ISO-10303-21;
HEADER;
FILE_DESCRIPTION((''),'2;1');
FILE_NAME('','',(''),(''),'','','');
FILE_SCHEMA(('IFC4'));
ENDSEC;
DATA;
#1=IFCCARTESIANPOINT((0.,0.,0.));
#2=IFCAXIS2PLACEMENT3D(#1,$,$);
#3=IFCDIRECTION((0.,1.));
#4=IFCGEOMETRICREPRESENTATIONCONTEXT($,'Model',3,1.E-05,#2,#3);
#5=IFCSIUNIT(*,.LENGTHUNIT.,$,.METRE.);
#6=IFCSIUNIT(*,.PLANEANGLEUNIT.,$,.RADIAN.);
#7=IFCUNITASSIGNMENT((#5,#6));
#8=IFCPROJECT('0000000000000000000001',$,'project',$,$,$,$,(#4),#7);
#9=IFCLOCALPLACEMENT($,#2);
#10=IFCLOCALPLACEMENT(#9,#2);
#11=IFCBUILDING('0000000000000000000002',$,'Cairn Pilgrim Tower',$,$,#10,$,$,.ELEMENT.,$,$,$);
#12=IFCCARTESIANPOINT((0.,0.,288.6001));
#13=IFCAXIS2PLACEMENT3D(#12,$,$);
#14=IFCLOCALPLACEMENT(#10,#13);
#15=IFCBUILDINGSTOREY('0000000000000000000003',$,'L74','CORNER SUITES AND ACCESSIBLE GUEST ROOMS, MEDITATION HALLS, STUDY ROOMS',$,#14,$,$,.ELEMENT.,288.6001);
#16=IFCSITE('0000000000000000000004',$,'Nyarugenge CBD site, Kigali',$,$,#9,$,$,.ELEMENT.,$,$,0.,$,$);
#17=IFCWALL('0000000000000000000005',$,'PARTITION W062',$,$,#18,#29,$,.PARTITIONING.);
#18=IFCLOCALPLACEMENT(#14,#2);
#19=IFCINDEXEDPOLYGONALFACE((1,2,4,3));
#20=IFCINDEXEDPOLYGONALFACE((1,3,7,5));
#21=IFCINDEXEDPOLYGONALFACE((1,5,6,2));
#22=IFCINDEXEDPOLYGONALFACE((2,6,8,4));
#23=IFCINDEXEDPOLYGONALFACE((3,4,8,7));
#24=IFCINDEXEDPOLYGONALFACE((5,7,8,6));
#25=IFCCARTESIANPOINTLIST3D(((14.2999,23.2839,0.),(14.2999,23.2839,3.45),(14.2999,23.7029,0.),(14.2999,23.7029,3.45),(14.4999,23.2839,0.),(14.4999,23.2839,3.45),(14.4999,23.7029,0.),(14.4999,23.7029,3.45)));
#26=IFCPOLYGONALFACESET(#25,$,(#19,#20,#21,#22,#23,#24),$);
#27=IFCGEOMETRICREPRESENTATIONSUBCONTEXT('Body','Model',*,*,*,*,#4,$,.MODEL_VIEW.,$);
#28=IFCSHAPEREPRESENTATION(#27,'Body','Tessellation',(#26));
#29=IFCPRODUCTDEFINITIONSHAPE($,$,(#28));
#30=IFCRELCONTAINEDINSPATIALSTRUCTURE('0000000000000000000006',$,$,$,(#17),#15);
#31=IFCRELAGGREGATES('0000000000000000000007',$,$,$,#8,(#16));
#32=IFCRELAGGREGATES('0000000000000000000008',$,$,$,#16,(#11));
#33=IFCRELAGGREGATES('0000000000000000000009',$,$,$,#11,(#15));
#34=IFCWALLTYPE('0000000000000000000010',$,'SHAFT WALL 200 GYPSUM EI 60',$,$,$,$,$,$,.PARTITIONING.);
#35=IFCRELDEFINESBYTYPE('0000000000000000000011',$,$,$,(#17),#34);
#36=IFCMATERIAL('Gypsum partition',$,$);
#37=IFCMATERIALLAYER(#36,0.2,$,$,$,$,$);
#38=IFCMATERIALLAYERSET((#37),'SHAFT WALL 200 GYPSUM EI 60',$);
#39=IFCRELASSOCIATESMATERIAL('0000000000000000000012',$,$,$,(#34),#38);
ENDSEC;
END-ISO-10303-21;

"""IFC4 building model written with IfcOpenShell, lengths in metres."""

from ifc_helpers import new_model, si_unit, direction, frame, frame_2d, origin, place, context, subcontext, project, spatial, rectangle, extrude, material, layer, layer_set, type_object, element, save


model = new_model("IFC4")

# Units and contexts
model_context = context("Model", 3, precision=1e-05, world=origin(), true_north=direction((0.0, 1.0)))
body_context = subcontext(model_context, "Body", "Model", "MODEL_VIEW")
ifc_project = project(units=[si_unit("LENGTHUNIT", "METRE"), si_unit("PLANEANGLEUNIT", "RADIAN")], contexts=[model_context])

# Site, building, storey
site_placement = place(None, origin())
site = spatial("IfcSite", under=ifc_project, at=site_placement, Name="Nyarugenge CBD site, Kigali", CompositionType="ELEMENT", RefElevation=0.0)
building_placement = place(site_placement, origin())
building = spatial("IfcBuilding", under=site, at=building_placement, Name="Cairn Pilgrim Tower", CompositionType="ELEMENT")
storey_placement = place(building_placement, frame((0.0, 0.0, 288.6001)))
storey = spatial("IfcBuildingStorey", under=building, at=storey_placement, Name="L74", Description="CORNER SUITES AND ACCESSIBLE GUEST ROOMS, MEDITATION HALLS, STUDY ROOMS", CompositionType="ELEMENT", Elevation=288.6001)

# Shared definitions
ifc_material_1 = material(Name="Gypsum partition")

# Wall
ifc_layer_1 = layer(ifc_material_1, 0.2)
ifc_layer_set_1 = layer_set([ifc_layer_1], Name="SHAFT WALL 200 GYPSUM EI 60")
wall_type_1 = type_object("IfcWallType", Name="SHAFT WALL 200 GYPSUM EI 60", PredefinedType="PARTITIONING", material=ifc_layer_set_1)
wall_1_placement = place(storey_placement, frame((14.3999, 23.2839, 0.0), z_axis=(0.0, 0.0, 1.0), x_axis=(0.0, 1.0, 0.0)))
element("IfcWall", 1, at=wall_1_placement, inside=storey, type_object=wall_type_1, Name="PARTITION W062", PredefinedType="PARTITIONING", context=body_context, shape_type="SweptSolid", body=[
    extrude(rectangle(XDim=0.4189, YDim=0.2, at=frame_2d((0.2095, 0.0))), origin(), (0.0, 0.0, 1.0), 3.45),
])

save(model, "model.ifc")
